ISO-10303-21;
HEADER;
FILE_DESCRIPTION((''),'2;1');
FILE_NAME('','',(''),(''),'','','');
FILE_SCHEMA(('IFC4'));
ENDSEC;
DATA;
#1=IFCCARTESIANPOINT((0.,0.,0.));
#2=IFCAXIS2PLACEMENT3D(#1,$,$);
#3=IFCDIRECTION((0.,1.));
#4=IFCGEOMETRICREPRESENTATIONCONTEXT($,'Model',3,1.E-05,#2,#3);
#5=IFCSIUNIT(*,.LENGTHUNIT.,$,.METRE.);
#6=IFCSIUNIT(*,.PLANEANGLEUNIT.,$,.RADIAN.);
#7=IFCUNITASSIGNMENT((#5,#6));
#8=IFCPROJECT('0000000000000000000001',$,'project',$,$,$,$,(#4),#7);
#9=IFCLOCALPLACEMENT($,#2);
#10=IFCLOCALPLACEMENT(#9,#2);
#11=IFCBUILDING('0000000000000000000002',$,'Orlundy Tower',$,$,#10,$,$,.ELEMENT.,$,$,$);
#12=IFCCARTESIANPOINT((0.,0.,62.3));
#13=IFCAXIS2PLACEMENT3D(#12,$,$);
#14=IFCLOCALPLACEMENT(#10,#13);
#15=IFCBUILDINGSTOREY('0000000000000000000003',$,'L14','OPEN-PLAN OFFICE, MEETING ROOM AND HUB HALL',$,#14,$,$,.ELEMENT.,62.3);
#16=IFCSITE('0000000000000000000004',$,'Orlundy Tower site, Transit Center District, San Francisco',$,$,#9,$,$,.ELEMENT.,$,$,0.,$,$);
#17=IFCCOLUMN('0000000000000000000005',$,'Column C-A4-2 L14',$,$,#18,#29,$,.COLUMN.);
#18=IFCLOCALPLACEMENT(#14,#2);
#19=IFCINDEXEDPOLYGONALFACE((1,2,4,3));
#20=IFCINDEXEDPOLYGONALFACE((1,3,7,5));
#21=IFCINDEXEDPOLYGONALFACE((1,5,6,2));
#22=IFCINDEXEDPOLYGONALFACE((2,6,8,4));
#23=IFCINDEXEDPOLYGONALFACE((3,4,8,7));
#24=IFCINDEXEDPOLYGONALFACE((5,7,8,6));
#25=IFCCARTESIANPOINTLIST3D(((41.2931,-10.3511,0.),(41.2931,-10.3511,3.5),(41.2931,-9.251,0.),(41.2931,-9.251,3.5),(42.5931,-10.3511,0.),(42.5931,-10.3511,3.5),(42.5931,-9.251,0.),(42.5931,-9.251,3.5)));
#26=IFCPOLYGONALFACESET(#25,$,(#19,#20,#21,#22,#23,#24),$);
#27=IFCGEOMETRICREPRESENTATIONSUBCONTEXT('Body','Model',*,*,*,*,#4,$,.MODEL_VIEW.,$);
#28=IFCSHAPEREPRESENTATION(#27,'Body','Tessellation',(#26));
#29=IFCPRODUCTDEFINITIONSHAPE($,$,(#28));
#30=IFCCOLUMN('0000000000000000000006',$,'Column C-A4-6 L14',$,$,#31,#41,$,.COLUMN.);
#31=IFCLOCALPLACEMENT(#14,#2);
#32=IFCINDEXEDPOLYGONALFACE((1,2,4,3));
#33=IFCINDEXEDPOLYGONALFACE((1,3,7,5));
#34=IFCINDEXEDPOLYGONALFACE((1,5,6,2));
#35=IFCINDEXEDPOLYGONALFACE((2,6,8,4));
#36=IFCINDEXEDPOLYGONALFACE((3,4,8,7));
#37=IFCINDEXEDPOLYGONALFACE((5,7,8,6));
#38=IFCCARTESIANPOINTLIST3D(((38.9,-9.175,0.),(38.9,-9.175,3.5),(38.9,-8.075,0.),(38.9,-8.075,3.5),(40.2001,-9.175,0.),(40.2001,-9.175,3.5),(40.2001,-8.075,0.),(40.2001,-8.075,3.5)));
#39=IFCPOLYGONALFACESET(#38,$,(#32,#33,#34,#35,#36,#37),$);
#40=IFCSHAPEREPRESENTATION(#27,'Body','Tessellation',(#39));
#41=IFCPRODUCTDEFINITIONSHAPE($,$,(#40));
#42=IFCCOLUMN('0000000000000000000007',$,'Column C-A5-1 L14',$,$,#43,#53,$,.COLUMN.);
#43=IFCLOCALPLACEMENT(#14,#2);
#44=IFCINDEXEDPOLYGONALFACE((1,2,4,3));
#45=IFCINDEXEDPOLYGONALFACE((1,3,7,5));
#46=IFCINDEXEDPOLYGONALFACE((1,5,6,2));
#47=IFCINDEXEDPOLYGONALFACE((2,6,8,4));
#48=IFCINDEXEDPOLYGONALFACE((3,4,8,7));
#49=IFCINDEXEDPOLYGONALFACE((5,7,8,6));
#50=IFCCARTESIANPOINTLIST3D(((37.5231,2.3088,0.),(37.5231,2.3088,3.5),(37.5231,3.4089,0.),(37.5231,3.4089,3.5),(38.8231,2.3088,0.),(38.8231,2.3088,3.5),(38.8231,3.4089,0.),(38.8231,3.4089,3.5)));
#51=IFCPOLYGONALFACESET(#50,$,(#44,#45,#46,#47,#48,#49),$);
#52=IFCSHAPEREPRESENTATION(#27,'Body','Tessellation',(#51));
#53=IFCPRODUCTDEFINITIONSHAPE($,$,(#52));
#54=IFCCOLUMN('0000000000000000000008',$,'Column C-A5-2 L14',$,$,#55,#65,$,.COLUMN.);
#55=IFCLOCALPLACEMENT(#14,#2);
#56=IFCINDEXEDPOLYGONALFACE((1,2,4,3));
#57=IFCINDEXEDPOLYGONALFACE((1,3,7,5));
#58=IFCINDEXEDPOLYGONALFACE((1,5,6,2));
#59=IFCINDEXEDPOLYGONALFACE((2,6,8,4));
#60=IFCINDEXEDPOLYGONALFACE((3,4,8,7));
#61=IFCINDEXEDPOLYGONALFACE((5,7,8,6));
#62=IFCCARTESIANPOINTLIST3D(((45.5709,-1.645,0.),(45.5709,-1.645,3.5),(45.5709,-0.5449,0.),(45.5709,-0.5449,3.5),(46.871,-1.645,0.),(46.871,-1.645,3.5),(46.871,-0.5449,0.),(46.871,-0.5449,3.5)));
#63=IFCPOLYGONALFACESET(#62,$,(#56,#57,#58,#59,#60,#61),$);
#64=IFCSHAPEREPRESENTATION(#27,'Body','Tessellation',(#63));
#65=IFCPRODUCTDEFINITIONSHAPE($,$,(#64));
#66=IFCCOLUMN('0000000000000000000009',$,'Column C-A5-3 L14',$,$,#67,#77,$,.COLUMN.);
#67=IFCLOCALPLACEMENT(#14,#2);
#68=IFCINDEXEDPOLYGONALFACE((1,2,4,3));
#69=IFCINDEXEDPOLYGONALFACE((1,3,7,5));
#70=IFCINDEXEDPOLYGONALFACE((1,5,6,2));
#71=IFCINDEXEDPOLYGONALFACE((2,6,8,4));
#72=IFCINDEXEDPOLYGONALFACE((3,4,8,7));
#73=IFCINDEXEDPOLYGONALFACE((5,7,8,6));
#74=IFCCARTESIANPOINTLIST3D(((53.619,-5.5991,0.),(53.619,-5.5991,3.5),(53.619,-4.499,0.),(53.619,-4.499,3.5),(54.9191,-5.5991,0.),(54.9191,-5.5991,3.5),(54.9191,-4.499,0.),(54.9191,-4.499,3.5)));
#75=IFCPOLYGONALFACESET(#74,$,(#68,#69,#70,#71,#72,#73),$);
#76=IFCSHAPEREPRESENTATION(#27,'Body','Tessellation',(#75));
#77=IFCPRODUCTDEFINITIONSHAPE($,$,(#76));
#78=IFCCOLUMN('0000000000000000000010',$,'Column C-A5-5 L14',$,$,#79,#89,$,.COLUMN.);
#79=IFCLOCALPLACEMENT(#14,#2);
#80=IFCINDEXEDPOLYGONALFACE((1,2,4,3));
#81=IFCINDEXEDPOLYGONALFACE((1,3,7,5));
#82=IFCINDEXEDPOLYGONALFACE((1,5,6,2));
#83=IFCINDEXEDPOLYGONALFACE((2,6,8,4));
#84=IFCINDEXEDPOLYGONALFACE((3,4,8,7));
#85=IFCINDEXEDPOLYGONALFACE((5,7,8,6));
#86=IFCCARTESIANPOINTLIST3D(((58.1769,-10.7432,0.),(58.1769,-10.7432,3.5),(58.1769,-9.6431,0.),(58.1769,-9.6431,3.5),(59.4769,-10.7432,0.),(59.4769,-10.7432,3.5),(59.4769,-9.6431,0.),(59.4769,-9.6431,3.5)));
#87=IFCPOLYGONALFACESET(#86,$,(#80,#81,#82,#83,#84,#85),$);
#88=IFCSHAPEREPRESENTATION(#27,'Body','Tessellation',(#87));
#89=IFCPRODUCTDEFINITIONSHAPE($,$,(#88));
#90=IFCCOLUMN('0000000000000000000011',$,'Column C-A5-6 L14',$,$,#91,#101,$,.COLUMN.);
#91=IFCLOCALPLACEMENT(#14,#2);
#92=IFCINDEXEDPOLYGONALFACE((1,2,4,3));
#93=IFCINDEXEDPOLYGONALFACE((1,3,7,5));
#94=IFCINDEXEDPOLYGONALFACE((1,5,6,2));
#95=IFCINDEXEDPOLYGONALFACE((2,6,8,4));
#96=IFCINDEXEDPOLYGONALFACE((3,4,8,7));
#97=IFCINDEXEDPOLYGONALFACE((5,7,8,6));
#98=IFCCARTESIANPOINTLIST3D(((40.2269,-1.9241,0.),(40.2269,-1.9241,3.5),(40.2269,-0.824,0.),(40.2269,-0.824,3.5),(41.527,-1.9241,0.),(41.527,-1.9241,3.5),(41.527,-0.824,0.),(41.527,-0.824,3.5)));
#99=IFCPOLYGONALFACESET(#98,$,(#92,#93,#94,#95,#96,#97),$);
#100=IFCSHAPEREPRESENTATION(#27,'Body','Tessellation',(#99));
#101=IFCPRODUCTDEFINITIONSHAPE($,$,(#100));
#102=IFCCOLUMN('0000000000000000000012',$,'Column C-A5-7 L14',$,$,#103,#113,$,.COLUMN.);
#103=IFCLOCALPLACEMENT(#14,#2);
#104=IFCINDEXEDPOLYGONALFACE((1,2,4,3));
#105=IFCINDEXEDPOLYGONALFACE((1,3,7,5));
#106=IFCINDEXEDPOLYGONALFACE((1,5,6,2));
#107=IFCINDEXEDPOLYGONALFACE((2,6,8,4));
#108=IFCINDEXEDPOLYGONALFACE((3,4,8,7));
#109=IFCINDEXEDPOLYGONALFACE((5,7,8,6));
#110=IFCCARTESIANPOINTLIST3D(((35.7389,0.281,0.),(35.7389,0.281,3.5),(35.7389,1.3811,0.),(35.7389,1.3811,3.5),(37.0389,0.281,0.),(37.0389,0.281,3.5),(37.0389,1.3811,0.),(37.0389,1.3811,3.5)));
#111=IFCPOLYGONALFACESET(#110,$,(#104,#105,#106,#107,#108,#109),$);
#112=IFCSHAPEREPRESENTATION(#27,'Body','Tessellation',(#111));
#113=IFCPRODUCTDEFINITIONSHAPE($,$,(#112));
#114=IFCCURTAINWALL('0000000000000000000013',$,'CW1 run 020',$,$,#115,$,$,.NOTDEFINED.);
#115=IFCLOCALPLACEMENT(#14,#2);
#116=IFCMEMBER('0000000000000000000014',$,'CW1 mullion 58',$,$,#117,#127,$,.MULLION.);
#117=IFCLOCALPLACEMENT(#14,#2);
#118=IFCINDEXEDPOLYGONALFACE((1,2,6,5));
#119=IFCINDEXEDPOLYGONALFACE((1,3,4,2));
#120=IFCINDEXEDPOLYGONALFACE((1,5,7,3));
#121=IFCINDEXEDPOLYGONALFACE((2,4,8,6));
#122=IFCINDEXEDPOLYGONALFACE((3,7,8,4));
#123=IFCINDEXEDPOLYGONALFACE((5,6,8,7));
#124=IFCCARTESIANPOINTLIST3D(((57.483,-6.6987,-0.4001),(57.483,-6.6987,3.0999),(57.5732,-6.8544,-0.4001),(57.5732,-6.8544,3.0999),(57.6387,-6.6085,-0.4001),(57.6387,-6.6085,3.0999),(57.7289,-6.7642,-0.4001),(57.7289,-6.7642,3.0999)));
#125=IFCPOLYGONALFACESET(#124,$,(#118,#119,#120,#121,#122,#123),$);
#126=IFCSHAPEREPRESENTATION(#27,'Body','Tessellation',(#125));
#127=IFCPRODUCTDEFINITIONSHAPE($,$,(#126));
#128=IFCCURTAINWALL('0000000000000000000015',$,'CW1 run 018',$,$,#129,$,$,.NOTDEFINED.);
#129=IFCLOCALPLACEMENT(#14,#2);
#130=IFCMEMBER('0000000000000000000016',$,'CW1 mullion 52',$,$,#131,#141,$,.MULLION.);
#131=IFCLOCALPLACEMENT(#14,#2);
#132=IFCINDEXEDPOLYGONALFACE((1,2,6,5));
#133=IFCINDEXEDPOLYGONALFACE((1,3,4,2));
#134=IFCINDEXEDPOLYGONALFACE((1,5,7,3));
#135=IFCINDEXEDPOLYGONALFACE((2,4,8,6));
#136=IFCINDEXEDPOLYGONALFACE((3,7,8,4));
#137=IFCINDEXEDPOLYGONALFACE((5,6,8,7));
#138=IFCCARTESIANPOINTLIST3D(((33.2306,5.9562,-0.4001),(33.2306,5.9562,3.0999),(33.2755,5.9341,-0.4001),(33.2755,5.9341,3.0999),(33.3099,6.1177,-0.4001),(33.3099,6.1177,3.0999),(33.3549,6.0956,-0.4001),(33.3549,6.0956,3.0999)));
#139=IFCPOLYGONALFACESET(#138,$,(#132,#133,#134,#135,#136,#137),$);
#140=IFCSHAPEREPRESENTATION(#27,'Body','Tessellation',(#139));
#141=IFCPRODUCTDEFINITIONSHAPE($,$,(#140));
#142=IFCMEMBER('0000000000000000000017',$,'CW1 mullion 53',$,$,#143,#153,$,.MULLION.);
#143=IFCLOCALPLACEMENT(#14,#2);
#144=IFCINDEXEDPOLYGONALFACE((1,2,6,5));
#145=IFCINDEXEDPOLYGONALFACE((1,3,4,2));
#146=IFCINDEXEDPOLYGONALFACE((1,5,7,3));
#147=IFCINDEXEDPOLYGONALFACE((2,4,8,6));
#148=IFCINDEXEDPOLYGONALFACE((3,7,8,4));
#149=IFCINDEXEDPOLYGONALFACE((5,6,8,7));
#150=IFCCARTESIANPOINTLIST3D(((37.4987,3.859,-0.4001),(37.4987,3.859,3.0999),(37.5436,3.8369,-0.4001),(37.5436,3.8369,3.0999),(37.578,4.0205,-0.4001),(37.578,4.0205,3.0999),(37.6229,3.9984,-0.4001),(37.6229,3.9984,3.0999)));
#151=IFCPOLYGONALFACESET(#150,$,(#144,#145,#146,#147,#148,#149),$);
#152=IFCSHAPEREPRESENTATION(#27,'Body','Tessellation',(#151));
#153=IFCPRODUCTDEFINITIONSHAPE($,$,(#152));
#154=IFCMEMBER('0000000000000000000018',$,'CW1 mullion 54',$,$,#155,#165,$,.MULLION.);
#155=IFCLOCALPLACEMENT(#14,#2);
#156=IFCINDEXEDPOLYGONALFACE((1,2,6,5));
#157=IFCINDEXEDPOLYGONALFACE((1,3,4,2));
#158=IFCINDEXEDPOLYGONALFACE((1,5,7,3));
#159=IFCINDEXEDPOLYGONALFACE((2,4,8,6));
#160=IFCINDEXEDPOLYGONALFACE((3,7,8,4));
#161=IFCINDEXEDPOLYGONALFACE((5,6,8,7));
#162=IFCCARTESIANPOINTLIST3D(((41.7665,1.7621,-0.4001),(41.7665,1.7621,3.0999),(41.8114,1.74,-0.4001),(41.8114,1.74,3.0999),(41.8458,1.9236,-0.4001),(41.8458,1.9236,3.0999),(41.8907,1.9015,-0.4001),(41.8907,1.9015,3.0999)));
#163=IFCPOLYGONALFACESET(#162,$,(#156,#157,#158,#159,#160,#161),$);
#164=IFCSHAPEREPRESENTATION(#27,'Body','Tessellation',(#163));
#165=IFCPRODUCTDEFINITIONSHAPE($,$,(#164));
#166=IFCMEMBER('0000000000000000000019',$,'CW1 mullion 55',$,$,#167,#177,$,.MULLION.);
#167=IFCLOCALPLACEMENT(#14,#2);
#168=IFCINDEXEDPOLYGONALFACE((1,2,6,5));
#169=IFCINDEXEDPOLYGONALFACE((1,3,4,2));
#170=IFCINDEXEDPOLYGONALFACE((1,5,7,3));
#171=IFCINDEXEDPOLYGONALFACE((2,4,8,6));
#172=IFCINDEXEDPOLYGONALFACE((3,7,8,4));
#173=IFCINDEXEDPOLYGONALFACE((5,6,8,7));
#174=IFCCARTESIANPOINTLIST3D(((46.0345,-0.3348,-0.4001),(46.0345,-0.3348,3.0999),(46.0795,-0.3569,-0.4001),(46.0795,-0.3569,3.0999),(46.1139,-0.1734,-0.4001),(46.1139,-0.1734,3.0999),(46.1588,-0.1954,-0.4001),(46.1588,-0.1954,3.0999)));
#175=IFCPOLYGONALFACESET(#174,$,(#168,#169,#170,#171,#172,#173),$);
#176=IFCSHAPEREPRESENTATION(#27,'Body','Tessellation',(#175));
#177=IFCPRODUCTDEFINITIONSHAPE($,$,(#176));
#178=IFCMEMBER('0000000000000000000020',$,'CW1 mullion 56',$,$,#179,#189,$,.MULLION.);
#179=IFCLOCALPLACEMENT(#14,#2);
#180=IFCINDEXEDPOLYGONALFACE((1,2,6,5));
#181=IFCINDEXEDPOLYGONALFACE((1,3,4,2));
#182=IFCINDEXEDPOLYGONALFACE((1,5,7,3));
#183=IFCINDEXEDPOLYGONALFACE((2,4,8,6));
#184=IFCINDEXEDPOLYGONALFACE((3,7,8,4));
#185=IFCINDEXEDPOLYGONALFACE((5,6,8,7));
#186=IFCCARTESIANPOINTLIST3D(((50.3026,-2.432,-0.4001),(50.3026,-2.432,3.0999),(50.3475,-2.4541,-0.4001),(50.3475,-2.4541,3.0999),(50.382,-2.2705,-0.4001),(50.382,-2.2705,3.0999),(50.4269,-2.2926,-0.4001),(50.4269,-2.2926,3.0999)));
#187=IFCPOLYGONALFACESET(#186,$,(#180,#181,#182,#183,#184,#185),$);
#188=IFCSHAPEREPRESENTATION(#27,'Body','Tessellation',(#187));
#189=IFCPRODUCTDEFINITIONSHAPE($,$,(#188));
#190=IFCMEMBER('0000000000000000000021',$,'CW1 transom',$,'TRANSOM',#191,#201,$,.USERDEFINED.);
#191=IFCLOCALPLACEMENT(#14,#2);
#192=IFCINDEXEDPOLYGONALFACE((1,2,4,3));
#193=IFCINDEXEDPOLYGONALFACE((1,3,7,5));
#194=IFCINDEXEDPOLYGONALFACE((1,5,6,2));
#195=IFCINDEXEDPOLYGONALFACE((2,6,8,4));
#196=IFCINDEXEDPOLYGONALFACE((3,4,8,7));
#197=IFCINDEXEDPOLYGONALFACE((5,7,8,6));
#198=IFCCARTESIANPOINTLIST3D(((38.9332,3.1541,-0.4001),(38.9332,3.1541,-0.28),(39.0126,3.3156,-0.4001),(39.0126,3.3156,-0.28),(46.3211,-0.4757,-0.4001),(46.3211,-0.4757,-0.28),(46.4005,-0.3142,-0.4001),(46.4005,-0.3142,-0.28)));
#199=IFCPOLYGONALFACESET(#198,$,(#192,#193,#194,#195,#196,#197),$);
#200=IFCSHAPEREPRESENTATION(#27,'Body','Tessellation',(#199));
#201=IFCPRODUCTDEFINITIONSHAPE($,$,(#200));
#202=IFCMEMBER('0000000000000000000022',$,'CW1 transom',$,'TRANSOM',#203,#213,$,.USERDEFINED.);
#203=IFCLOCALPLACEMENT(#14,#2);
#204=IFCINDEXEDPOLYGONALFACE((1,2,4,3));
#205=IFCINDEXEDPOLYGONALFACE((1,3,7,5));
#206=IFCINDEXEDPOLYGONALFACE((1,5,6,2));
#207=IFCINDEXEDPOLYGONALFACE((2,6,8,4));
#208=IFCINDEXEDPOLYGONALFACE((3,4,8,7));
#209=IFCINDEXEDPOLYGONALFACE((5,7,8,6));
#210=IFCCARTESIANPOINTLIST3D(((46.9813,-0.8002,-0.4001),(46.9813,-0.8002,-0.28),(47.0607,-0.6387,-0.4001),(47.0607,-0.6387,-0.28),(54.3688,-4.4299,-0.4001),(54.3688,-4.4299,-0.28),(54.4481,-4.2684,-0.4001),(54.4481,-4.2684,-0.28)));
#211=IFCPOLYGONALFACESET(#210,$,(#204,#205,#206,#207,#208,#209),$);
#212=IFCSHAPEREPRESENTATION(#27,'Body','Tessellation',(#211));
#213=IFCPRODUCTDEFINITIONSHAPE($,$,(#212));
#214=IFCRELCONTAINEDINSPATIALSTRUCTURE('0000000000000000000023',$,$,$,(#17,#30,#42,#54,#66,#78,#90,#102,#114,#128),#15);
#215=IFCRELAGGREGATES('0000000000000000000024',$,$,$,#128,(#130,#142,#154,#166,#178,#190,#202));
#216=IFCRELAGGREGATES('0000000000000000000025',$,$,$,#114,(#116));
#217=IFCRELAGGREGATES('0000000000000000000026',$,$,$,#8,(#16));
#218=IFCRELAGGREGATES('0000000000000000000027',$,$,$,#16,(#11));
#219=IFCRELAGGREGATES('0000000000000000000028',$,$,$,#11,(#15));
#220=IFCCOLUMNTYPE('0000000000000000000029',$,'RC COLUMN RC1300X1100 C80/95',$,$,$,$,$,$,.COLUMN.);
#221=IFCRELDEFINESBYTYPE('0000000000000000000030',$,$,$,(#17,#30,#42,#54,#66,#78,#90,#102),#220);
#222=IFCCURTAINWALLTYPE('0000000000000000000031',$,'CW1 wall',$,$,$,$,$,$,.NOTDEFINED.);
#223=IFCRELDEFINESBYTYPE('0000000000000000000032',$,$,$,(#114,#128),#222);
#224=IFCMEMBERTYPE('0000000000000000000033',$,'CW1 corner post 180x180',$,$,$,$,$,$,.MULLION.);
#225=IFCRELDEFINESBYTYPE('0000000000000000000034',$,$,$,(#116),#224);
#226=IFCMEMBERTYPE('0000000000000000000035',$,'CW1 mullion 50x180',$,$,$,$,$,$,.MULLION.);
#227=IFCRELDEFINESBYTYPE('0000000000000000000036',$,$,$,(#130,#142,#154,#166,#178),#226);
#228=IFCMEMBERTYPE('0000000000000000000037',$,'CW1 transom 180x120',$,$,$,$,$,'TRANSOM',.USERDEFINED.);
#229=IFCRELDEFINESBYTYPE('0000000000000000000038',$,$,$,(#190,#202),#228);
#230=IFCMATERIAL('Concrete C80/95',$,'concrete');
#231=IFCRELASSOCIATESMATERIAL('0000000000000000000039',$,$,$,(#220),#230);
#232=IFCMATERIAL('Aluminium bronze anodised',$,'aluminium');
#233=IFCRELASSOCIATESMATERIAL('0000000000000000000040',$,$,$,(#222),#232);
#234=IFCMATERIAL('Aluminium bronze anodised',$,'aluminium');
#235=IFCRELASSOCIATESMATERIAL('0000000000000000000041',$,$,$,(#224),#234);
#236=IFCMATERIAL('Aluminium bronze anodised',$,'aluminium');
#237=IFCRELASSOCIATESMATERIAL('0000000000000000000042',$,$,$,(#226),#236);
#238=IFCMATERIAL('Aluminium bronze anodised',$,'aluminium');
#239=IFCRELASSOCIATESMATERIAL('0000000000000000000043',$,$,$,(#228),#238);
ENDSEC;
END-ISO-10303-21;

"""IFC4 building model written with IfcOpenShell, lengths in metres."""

from ifc_helpers import new_model, si_unit, direction, frame, origin, origin_2d, place, context, subcontext, project, spatial, rectangle, extrude, material, material_profile, profile_set, type_object, element, aggregate, save


model = new_model("IFC4")

# Units and contexts
model_context = context("Model", 3, precision=1e-05, world=origin(), true_north=direction((0.0, 1.0)))
body_context = subcontext(model_context, "Body", "Model", "MODEL_VIEW")
ifc_project = project(units=[si_unit("LENGTHUNIT", "METRE"), si_unit("PLANEANGLEUNIT", "RADIAN")], contexts=[model_context])

# Site, building, storey
site_placement = place(None, origin())
site = spatial("IfcSite", under=ifc_project, at=site_placement, Name="Orlundy Tower site, Transit Center District, San Francisco", CompositionType="ELEMENT", RefElevation=0.0)
building_placement = place(site_placement, origin())
building = spatial("IfcBuilding", under=site, at=building_placement, Name="Orlundy Tower", CompositionType="ELEMENT")
storey_placement = place(building_placement, frame((0.0, 0.0, 62.3)))
storey = spatial("IfcBuildingStorey", under=building, at=storey_placement, Name="L14", Description="OPEN-PLAN OFFICE, MEETING ROOM AND HUB HALL", CompositionType="ELEMENT", Elevation=62.3)

# Columns
ifc_material_1 = material(Name="Concrete C80/95", Category="concrete")
ifc_material_profile_1 = material_profile(ifc_material_1, rectangle(XDim=1.3, YDim=1.1001, at=origin_2d()), Name="RC1300X1100")
ifc_profile_set_1 = profile_set([ifc_material_profile_1], Name="Concrete C80/95")
column_type = type_object("IfcColumnType", Name="RC COLUMN RC1300X1100 C80/95", PredefinedType="COLUMN", material=ifc_profile_set_1)
for number, where, z_axis, x_axis, name in (
    (1, (41.9431, -9.801, 0.0), (0.0, 0.0, 1.0), (1.0, 0.0, 0.0), "Column C-A4-2 L14"),
    (2, (39.55, -8.625, 0.0), (0.0, 0.0, 1.0), (1.0, 0.0, 0.0), "Column C-A4-6 L14"),
    (3, (38.1731, 2.8589, 0.0), (0.0, 0.0, 1.0), (1.0, 0.0, 0.0), "Column C-A5-1 L14"),
    (4, (46.2209, -1.095, 0.0), (0.0, 0.0, 1.0), (1.0, 0.0, 0.0), "Column C-A5-2 L14"),
    (5, (54.269, -5.0491, 0.0), (0.0, 0.0, 1.0), (1.0, 0.0, 0.0), "Column C-A5-3 L14"),
    (6, (58.8269, -10.1931, 0.0), (0.0, 0.0, 1.0), (1.0, 0.0, 0.0), "Column C-A5-5 L14"),
    (7, (40.877, -1.374, 0.0), (0.0, 0.0, 1.0), (1.0, 0.0, 0.0), "Column C-A5-6 L14"),
    (8, (36.3889, 0.8311, 0.0), (0.0, 0.0, 1.0), (1.0, 0.0, 0.0), "Column C-A5-7 L14"),
):
    element("IfcColumn", number, at=place(storey_placement, frame(where, z_axis=z_axis, x_axis=x_axis)), inside=storey, type_object=column_type, Name=name, PredefinedType="COLUMN", context=body_context, shape_type="SweptSolid", body=[
        extrude(rectangle(XDim=1.3, YDim=1.1001, at=origin_2d()), origin(), (0.0, 0.0, 1.0), 3.5),
    ])

# Curtain wall, member
ifc_material_2 = material(Name="Aluminium bronze anodised", Category="aluminium")
curtain_wall_type = type_object("IfcCurtainWallType", Name="CW1 wall", PredefinedType="NOTDEFINED", material=ifc_material_2)
curtain_wall_1_placement = place(storey_placement, origin())
curtain_wall_1 = element("IfcCurtainWall", 9, at=curtain_wall_1_placement, inside=storey, type_object=curtain_wall_type, Name="CW1 run 020", PredefinedType="NOTDEFINED")
ifc_material_3 = material(Name="Aluminium bronze anodised", Category="aluminium")
ifc_material_profile_2 = material_profile(ifc_material_3, rectangle(XDim=0.1799, YDim=0.1799, at=origin_2d()), Name="CW1 corner post 180x180")
ifc_profile_set_2 = profile_set([ifc_material_profile_2], Name="Aluminium bronze anodised")
member_type_1 = type_object("IfcMemberType", Name="CW1 corner post 180x180", PredefinedType="MULLION", material=ifc_profile_set_2)
member_1_placement = place(storey_placement, frame((57.606, -6.7314, -0.4001), z_axis=(0.0, 0.0, 1.0), x_axis=(0.86534, 0.501185, 0.0)))
member_1 = element("IfcMember", 10, at=member_1_placement, type_object=member_type_1, Name="CW1 mullion 58", PredefinedType="MULLION", context=body_context, shape_type="SweptSolid", body=[
    extrude(rectangle(XDim=0.1799, YDim=0.1799, at=origin_2d()), origin(), (0.0, 0.0, 1.0), 3.5),
])

# Curtain wall, members
curtain_wall_2_placement = place(storey_placement, origin())
curtain_wall_2 = element("IfcCurtainWall", 11, at=curtain_wall_2_placement, inside=storey, type_object=curtain_wall_type, Name="CW1 run 018", PredefinedType="NOTDEFINED")
ifc_material_4 = material(Name="Aluminium bronze anodised", Category="aluminium")
ifc_material_profile_3 = material_profile(ifc_material_4, rectangle(XDim=0.1799, YDim=0.05, at=origin_2d()), Name="CW1 mullion 50x180")
ifc_profile_set_3 = profile_set([ifc_material_profile_3], Name="Aluminium bronze anodised")
member_type_2 = type_object("IfcMemberType", Name="CW1 mullion 50x180", PredefinedType="MULLION", material=ifc_profile_set_3)
member_2_placement = place(storey_placement, frame((33.2927, 6.0259, -0.4001), z_axis=(0.0, 0.0, 1.0), x_axis=(0.440978, 0.897518, 0.0)))
member_2 = element("IfcMember", 12, at=member_2_placement, type_object=member_type_2, Name="CW1 mullion 52", PredefinedType="MULLION", context=body_context, shape_type="SweptSolid", body=[
    extrude(rectangle(XDim=0.1799, YDim=0.05, at=origin_2d()), origin(), (0.0, 0.0, 1.0), 3.5),
])
member_3_placement = place(storey_placement, frame((37.5608, 3.9287, -0.4001), z_axis=(0.0, 0.0, 1.0), x_axis=(0.440978, 0.897518, 0.0)))
member_3 = element("IfcMember", 13, at=member_3_placement, type_object=member_type_2, Name="CW1 mullion 53", PredefinedType="MULLION", context=body_context, shape_type="SweptSolid", body=[
    extrude(rectangle(XDim=0.1799, YDim=0.05, at=origin_2d()), origin(), (0.0, 0.0, 1.0), 3.5),
])
member_4_placement = place(storey_placement, frame((41.8286, 1.8318, -0.4001), z_axis=(0.0, 0.0, 1.0), x_axis=(0.440978, 0.897518, 0.0)))
member_4 = element("IfcMember", 14, at=member_4_placement, type_object=member_type_2, Name="CW1 mullion 54", PredefinedType="MULLION", context=body_context, shape_type="SweptSolid", body=[
    extrude(rectangle(XDim=0.1799, YDim=0.05, at=origin_2d()), origin(), (0.0, 0.0, 1.0), 3.5),
])
member_5_placement = place(storey_placement, frame((46.0967, -0.2651, -0.4001), z_axis=(0.0, 0.0, 1.0), x_axis=(0.440978, 0.897518, 0.0)))
member_5 = element("IfcMember", 15, at=member_5_placement, type_object=member_type_2, Name="CW1 mullion 55", PredefinedType="MULLION", context=body_context, shape_type="SweptSolid", body=[
    extrude(rectangle(XDim=0.1799, YDim=0.05, at=origin_2d()), origin(), (0.0, 0.0, 1.0), 3.5),
])
member_6_placement = place(storey_placement, frame((50.3647, -2.3623, -0.4001), z_axis=(0.0, 0.0, 1.0), x_axis=(0.440978, 0.897518, 0.0)))
member_6 = element("IfcMember", 16, at=member_6_placement, type_object=member_type_2, Name="CW1 mullion 56", PredefinedType="MULLION", context=body_context, shape_type="SweptSolid", body=[
    extrude(rectangle(XDim=0.1799, YDim=0.05, at=origin_2d()), origin(), (0.0, 0.0, 1.0), 3.5),
])
ifc_material_5 = material(Name="Aluminium bronze anodised", Category="aluminium")
ifc_material_profile_4 = material_profile(ifc_material_5, rectangle(XDim=0.1799, YDim=0.1201, at=origin_2d()), Name="CW1 transom 180x120")
ifc_profile_set_4 = profile_set([ifc_material_profile_4], Name="Aluminium bronze anodised")
member_type_3 = type_object("IfcMemberType", Name="CW1 transom 180x120", ElementType="TRANSOM", PredefinedType="USERDEFINED", material=ifc_profile_set_4)
member_7_placement = place(storey_placement, frame((38.9729, 3.2349, -0.3401), z_axis=(0.89752, -0.440974, 0.0), x_axis=(0.440974, 0.89752, 0.0)))
member_7 = element("IfcMember", 17, at=member_7_placement, type_object=member_type_3, Name="CW1 transom", ObjectType="TRANSOM", PredefinedType="USERDEFINED", context=body_context, shape_type="SweptSolid", body=[
    extrude(rectangle(XDim=0.1799, YDim=0.1201, at=origin_2d()), origin(), (0.0, 0.0, 1.0), 8.2314),
])
member_8_placement = place(storey_placement, frame((47.021, -0.7195, -0.3401), z_axis=(0.89752, -0.440974, 0.0), x_axis=(0.440974, 0.89752, 0.0)))
member_8 = element("IfcMember", 18, at=member_8_placement, type_object=member_type_3, Name="CW1 transom", ObjectType="TRANSOM", PredefinedType="USERDEFINED", context=body_context, shape_type="SweptSolid", body=[
    extrude(rectangle(XDim=0.1799, YDim=0.1201, at=origin_2d()), origin(), (0.0, 0.0, 1.0), 8.231),
])

aggregate(curtain_wall_2, [member_2, member_3, member_4, member_5, member_6, member_7, member_8])
aggregate(curtain_wall_1, [member_1])

save(model, "model.ifc")
